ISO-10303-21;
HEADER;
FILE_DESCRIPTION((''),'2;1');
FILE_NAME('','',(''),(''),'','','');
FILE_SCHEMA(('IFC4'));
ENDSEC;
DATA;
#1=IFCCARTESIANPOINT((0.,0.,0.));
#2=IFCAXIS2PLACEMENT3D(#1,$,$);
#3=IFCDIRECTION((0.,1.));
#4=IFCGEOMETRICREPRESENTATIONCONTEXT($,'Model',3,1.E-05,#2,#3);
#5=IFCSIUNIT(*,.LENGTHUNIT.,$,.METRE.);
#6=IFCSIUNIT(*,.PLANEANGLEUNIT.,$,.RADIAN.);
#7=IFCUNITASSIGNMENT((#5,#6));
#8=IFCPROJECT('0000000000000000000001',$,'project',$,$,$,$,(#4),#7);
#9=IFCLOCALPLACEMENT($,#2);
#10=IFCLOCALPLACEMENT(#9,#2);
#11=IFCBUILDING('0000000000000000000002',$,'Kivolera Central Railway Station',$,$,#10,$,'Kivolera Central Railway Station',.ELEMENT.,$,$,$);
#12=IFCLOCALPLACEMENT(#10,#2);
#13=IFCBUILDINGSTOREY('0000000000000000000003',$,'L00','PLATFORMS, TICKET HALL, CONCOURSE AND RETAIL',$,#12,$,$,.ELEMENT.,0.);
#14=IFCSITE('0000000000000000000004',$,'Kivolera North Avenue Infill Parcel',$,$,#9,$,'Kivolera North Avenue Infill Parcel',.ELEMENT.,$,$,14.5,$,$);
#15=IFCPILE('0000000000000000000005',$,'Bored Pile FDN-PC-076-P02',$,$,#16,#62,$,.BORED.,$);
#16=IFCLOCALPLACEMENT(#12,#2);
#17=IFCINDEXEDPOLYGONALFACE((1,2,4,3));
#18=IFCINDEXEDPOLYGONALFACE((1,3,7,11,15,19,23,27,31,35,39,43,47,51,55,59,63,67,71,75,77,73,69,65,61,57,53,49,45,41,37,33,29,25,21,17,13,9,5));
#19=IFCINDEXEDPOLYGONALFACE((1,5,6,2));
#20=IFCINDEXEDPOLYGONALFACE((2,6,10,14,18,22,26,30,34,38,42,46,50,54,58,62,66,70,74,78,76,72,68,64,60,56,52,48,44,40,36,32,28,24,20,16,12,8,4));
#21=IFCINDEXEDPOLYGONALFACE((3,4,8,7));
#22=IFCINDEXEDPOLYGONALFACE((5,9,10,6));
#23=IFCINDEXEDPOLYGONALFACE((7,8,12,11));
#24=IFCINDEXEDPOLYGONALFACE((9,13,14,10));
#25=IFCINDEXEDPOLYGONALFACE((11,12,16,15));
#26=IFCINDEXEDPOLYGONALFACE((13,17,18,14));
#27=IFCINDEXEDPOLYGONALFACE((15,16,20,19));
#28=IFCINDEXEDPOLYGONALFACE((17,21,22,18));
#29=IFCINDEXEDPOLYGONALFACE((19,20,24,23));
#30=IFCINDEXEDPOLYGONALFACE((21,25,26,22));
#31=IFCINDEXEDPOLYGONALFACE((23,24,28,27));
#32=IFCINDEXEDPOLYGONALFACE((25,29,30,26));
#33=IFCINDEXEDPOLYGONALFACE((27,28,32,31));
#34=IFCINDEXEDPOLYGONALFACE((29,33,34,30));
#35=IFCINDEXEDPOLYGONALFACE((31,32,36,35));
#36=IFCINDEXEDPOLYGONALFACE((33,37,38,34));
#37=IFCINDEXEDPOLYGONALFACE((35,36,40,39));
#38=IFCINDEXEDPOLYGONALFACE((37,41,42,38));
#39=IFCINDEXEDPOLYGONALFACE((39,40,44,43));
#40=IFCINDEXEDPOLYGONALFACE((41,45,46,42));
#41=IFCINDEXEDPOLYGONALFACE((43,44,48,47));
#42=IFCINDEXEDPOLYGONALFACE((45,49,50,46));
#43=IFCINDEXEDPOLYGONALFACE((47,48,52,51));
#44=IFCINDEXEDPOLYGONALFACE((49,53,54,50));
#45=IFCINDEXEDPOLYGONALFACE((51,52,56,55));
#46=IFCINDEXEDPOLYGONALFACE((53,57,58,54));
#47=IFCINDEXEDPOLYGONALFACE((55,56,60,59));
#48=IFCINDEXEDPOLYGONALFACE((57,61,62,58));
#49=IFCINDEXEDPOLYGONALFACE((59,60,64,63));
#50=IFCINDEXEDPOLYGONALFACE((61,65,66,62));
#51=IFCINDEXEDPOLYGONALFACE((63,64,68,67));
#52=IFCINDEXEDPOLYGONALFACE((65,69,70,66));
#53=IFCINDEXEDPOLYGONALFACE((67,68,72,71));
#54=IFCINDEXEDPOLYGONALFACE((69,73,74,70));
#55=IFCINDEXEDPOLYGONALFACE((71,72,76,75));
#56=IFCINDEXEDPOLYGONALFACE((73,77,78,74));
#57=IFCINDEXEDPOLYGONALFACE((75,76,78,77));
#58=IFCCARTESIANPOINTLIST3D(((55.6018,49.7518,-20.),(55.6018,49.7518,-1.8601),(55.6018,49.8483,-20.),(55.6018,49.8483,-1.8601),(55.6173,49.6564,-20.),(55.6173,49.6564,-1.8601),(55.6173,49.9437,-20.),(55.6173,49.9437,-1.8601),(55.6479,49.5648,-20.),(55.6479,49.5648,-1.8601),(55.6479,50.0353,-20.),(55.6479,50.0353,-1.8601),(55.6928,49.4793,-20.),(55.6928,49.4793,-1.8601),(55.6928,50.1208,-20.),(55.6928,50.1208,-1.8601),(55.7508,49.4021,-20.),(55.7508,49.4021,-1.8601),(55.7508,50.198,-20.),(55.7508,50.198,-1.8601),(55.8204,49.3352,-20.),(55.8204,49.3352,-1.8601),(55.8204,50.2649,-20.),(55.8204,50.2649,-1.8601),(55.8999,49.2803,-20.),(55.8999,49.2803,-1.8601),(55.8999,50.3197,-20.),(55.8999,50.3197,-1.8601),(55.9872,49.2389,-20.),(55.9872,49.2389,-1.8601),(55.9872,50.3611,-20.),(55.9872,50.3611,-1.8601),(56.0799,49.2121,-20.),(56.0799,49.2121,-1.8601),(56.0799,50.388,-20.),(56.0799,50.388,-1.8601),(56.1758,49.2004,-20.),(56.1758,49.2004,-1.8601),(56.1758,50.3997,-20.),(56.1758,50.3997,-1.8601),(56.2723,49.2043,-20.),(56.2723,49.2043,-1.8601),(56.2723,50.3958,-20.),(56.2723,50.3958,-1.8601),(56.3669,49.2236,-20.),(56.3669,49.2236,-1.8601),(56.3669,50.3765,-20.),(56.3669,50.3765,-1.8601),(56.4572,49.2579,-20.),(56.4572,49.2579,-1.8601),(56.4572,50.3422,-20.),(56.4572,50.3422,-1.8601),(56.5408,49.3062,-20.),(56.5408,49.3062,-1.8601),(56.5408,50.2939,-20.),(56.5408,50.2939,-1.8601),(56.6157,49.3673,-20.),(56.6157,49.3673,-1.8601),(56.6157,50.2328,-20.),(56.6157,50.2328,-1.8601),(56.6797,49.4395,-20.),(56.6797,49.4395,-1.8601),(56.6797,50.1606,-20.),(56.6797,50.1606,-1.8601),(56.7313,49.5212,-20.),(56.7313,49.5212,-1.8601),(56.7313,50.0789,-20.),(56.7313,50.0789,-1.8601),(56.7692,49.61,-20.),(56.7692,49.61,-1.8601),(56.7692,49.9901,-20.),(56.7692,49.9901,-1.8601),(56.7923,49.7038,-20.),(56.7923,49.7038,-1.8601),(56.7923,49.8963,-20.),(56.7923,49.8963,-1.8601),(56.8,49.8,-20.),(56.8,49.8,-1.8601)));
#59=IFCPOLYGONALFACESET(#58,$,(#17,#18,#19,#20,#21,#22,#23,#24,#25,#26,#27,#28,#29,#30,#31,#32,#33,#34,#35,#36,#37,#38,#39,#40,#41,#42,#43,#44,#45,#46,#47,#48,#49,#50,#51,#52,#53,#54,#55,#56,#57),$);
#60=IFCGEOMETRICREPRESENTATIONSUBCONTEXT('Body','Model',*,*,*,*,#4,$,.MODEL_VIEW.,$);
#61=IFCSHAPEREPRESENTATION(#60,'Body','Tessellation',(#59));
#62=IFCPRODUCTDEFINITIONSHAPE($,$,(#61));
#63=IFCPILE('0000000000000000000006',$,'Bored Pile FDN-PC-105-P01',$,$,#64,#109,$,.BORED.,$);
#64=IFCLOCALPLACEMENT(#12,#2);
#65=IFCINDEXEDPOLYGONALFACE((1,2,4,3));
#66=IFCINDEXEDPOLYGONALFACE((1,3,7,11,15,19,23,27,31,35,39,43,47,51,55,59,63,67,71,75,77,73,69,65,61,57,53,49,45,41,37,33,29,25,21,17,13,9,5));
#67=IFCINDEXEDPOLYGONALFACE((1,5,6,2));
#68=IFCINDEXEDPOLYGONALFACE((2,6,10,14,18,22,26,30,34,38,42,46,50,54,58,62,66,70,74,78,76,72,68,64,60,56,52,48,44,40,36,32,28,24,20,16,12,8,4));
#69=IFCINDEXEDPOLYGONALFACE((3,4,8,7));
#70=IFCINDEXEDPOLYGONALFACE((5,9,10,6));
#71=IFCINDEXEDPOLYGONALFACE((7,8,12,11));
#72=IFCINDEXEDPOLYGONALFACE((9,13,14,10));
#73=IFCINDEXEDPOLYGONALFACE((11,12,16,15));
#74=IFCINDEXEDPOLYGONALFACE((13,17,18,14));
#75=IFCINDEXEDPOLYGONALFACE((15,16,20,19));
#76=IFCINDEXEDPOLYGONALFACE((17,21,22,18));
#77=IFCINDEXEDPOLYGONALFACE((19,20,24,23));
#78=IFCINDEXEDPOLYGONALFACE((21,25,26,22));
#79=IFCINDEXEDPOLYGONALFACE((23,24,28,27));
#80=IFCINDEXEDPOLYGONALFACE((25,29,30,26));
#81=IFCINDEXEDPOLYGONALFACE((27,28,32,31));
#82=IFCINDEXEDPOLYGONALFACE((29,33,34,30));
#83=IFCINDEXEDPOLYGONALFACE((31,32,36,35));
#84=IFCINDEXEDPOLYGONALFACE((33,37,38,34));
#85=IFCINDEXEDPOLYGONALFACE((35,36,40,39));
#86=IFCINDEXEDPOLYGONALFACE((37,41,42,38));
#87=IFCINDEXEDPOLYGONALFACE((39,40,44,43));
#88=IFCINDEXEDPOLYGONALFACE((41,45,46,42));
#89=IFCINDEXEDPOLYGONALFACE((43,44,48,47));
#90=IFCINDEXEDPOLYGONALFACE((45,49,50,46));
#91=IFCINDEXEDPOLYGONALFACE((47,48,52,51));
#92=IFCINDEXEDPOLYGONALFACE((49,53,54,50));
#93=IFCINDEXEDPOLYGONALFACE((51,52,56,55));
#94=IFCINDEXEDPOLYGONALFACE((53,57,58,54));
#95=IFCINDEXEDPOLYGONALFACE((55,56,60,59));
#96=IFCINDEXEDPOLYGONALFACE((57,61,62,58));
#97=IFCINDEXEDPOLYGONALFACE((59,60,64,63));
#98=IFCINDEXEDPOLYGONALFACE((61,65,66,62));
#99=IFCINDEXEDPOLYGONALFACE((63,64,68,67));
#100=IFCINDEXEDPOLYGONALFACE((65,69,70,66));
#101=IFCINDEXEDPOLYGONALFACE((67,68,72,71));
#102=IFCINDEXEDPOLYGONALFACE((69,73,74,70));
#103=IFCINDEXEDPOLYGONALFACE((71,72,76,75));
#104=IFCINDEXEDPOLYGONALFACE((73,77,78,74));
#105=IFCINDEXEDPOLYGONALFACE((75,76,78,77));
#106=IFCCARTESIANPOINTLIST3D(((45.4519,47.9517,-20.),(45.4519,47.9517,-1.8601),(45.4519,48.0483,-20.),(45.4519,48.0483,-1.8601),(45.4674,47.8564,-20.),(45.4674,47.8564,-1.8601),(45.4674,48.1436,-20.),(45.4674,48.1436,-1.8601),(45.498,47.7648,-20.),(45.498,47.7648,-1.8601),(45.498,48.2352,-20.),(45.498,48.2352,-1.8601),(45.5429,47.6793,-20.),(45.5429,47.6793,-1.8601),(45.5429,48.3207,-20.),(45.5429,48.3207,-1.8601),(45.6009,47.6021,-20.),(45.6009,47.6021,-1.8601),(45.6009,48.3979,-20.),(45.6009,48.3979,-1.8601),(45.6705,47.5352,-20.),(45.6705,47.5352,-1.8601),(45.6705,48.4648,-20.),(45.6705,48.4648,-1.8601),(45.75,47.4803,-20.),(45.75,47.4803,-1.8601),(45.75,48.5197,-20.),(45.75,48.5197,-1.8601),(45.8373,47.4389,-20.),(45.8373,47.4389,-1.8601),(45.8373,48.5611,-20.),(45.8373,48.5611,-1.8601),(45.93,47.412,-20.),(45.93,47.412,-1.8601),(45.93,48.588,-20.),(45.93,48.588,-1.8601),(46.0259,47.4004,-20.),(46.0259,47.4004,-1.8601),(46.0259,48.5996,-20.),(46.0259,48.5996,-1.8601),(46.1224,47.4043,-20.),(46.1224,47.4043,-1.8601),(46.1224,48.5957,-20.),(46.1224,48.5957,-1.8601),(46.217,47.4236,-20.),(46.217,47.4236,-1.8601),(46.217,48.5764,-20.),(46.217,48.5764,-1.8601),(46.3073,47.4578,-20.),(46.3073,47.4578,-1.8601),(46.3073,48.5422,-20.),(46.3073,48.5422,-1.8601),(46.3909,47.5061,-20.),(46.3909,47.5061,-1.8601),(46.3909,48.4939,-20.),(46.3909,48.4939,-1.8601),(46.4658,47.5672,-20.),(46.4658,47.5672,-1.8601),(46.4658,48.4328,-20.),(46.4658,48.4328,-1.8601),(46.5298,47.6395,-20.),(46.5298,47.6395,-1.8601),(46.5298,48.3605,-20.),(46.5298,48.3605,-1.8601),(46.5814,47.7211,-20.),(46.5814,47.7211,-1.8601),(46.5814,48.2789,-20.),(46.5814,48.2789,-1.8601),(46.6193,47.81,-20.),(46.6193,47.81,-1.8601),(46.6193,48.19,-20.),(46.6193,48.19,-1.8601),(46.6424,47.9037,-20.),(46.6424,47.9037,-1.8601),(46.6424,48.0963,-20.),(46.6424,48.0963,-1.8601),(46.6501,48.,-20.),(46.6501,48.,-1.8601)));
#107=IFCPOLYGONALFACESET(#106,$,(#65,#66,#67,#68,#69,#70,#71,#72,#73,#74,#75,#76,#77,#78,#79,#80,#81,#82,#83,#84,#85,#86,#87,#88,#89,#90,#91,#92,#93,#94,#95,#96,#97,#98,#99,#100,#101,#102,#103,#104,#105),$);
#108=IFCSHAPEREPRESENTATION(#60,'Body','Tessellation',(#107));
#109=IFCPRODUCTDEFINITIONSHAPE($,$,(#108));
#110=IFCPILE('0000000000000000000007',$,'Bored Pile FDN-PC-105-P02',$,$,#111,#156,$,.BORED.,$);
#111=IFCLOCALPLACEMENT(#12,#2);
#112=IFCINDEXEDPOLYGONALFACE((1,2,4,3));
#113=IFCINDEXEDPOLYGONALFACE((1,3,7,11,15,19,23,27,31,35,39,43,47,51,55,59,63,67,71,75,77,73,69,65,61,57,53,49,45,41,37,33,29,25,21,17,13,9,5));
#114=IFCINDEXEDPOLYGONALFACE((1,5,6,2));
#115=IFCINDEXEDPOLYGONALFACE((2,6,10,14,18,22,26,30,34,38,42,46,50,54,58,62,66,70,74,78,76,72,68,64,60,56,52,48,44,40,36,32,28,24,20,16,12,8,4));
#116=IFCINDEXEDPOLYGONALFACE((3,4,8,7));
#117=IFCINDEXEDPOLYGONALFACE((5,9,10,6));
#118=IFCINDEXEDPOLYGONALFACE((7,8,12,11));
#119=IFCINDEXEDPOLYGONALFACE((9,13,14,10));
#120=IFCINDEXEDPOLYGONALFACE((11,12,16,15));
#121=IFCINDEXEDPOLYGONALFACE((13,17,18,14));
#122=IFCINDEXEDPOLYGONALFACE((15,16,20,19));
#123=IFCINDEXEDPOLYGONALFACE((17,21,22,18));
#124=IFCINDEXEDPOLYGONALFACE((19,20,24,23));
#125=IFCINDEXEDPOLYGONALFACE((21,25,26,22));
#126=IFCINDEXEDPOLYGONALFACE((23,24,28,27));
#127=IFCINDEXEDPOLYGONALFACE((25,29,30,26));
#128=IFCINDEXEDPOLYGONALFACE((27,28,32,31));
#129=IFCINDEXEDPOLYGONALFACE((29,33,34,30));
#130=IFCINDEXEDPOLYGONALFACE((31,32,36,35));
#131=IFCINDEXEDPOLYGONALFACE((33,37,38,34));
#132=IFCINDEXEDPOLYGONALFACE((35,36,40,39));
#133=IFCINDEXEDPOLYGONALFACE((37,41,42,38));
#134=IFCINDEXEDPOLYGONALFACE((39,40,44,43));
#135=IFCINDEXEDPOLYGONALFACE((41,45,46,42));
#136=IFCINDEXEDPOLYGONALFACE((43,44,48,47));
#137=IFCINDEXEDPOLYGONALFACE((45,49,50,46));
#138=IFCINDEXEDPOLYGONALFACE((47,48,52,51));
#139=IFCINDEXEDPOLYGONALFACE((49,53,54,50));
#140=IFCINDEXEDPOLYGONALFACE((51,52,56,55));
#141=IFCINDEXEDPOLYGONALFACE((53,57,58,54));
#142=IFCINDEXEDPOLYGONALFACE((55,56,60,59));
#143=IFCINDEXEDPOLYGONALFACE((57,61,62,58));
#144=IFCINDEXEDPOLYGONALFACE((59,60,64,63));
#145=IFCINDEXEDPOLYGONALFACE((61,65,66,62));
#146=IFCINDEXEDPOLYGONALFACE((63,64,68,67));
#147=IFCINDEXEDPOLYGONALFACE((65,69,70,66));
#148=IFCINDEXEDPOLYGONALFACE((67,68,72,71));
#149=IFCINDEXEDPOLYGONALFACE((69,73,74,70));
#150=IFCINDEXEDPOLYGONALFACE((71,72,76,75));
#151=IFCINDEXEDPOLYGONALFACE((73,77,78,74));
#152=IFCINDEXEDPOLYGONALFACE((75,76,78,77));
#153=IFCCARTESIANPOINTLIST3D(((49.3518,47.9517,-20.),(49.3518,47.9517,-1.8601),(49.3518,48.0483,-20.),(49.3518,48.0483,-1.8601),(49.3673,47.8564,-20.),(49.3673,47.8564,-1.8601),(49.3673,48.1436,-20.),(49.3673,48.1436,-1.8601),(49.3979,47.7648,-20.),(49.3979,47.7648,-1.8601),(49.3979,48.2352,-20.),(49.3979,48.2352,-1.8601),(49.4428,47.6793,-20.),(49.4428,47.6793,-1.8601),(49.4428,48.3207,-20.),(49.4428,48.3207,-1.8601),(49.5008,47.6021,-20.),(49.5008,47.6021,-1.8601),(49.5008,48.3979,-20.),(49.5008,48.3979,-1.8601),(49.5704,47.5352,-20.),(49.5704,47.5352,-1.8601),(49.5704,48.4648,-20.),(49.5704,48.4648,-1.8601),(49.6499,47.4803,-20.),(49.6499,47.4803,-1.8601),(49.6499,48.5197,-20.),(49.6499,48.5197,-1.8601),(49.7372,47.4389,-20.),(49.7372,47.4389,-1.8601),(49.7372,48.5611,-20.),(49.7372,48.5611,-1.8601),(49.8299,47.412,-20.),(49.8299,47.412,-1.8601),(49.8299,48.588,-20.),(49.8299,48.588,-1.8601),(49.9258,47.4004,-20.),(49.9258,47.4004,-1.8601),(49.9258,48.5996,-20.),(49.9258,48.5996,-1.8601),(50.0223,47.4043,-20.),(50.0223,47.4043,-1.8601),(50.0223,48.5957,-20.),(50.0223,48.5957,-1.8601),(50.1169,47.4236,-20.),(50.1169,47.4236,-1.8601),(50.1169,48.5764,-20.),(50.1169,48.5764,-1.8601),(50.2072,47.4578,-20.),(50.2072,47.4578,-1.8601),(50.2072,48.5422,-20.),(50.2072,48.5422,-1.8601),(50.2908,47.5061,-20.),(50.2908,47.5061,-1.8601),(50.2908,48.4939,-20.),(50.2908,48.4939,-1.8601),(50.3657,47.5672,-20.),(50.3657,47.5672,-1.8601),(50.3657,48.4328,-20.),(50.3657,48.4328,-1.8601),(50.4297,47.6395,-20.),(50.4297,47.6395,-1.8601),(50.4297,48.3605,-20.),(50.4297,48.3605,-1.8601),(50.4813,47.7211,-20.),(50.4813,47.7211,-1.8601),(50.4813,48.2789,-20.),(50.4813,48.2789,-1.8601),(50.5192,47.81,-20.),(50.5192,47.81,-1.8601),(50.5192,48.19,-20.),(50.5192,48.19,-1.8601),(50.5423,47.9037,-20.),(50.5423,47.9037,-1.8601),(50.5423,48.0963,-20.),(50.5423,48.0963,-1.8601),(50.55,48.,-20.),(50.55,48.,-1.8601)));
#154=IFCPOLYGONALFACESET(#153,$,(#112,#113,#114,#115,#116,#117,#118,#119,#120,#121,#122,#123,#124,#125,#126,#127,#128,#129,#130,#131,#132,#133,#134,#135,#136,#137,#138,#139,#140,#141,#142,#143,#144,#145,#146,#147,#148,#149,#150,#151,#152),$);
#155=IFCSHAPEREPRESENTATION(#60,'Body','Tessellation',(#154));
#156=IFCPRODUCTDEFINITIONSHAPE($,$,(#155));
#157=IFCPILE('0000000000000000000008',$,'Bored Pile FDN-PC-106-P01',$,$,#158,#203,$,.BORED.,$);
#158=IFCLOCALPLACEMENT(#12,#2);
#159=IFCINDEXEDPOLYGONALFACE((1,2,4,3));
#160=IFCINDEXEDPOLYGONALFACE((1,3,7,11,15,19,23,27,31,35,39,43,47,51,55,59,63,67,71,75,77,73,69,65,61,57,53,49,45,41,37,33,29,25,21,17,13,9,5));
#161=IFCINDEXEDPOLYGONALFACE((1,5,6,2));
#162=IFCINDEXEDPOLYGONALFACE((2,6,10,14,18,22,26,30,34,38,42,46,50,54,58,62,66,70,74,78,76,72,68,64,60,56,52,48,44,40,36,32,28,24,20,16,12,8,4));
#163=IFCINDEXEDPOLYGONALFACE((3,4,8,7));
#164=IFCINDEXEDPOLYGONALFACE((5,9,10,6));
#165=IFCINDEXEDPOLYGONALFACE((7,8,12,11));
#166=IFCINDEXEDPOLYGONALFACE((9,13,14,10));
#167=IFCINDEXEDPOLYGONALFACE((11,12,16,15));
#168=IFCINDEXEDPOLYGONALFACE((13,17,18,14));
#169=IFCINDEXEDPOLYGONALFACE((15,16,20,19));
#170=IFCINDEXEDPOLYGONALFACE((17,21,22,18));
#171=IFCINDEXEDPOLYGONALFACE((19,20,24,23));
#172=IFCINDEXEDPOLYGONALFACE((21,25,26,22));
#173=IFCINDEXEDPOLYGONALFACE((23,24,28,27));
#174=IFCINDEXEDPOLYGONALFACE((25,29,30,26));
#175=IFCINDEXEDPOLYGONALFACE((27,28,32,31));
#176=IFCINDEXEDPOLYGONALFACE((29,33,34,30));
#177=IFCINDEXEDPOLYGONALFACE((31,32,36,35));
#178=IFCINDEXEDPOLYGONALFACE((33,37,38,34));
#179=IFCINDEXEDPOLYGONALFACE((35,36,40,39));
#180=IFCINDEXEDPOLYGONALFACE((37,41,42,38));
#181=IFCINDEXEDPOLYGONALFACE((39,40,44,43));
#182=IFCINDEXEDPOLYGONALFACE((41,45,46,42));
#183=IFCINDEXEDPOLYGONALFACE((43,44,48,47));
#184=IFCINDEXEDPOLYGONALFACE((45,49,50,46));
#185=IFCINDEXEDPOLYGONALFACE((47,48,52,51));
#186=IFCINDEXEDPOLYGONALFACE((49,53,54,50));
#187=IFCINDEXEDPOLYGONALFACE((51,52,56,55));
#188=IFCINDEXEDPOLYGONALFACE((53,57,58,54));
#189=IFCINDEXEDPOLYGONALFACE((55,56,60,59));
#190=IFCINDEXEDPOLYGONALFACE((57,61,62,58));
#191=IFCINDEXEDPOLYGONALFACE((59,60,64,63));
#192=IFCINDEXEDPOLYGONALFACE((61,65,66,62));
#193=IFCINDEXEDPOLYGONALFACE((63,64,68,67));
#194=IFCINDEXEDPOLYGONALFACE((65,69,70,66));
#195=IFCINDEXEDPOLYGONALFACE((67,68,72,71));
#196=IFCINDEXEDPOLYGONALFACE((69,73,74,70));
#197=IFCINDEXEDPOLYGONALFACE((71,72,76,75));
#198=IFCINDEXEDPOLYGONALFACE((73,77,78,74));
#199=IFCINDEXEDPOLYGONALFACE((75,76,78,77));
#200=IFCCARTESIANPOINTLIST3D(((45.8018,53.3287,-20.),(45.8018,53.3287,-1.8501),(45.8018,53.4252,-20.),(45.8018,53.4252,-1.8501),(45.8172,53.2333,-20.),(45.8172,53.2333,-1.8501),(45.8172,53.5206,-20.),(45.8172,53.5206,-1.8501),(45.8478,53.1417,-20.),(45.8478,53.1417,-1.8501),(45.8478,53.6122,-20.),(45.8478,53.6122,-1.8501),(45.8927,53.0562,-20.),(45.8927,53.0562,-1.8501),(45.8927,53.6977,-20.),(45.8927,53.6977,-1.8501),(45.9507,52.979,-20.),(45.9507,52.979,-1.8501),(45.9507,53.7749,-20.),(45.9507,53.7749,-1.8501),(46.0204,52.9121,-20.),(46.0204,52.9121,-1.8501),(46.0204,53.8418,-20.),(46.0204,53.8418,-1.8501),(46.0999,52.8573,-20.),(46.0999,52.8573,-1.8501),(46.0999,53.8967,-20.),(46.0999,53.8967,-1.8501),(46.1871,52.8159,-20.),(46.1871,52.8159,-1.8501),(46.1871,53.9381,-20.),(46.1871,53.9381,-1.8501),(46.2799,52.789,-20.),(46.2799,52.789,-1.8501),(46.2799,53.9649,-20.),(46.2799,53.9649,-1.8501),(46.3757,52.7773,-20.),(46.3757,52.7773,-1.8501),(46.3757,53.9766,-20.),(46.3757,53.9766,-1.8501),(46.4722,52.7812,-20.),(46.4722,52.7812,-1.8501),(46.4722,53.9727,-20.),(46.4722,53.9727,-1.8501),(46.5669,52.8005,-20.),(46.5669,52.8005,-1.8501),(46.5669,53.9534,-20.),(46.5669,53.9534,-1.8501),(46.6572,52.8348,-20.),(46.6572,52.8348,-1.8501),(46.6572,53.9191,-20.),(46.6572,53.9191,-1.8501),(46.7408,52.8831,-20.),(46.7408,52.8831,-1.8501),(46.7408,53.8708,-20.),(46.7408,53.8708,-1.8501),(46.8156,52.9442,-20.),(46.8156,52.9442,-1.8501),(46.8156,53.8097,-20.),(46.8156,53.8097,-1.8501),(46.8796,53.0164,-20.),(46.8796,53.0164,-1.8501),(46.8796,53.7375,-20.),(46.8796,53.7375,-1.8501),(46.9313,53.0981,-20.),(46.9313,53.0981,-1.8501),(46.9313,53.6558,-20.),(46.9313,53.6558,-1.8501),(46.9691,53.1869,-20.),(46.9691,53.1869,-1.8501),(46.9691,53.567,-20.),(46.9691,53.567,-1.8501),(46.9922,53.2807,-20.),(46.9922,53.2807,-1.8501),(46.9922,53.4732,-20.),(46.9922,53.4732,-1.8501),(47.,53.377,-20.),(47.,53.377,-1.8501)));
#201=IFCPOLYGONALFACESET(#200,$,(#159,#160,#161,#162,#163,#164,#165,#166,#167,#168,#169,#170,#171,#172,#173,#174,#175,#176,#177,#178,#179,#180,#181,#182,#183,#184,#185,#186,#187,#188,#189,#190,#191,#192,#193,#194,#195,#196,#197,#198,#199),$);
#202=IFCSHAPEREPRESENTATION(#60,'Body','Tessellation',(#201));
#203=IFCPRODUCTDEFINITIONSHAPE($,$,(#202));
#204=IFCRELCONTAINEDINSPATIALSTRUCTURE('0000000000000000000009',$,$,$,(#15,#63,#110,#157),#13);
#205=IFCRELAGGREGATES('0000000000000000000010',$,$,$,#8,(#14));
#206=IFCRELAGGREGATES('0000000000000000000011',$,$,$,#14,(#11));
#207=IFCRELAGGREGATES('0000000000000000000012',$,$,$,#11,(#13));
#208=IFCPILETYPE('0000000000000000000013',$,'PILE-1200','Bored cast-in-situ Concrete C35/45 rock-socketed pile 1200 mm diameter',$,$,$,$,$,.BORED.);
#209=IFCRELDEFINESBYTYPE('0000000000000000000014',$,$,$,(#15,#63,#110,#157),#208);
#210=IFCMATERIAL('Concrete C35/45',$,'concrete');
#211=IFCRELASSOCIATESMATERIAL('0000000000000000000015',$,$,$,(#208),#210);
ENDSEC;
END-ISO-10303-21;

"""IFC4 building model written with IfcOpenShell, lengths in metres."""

from ifc_helpers import new_model, si_unit, direction, frame, origin, origin_2d, place, context, subcontext, project, spatial, circle, extrude, material, material_profile, profile_set, type_object, element, save


model = new_model("IFC4")

# Units and contexts
model_context = context("Model", 3, precision=1e-05, world=origin(), true_north=direction((0.0, 1.0)))
body_context = subcontext(model_context, "Body", "Model", "MODEL_VIEW")
ifc_project = project(units=[si_unit("LENGTHUNIT", "METRE"), si_unit("PLANEANGLEUNIT", "RADIAN")], contexts=[model_context])

# Site, building, storey
site_placement = place(None, origin())
site = spatial("IfcSite", under=ifc_project, at=site_placement, Name="Kivolera North Avenue Infill Parcel", LongName="Kivolera North Avenue Infill Parcel", CompositionType="ELEMENT", RefElevation=14.5)
building_placement = place(site_placement, origin())
building = spatial("IfcBuilding", under=site, at=building_placement, Name="Kivolera Central Railway Station", LongName="Kivolera Central Railway Station", CompositionType="ELEMENT")
storey_placement = place(building_placement, origin())
storey = spatial("IfcBuildingStorey", under=building, at=storey_placement, Name="L00", Description="PLATFORMS, TICKET HALL, CONCOURSE AND RETAIL", CompositionType="ELEMENT", Elevation=0.0)

# Shared definitions
ifc_material_1 = material(Name="Concrete C35/45", Category="concrete")

# Piles
ifc_material_profile_1 = material_profile(ifc_material_1, circle(Radius=0.6001, at=origin_2d()), Name="PILE D1200")
ifc_profile_set_1 = profile_set([ifc_material_profile_1], Name="Concrete C35/45")
pile_type_1 = type_object("IfcPileType", Name="PILE-1200", Description="Bored cast-in-situ Concrete C35/45 rock-socketed pile 1200 mm diameter", PredefinedType="BORED", material=ifc_profile_set_1)
for number, where, z_axis, x_axis, name in (
    (1, (56.2, 49.8, -1.8601), (0.0, 0.0, -1.0), (1.0, 0.0, 0.0), "Bored Pile FDN-PC-076-P02"),
    (2, (46.05, 48.0, -1.8601), (0.0, 0.0, -1.0), (1.0, 0.0, 0.0), "Bored Pile FDN-PC-105-P01"),
    (3, (49.95, 48.0, -1.8601), (0.0, 0.0, -1.0), (1.0, 0.0, 0.0), "Bored Pile FDN-PC-105-P02"),
):
    element("IfcPile", number, at=place(storey_placement, frame(where, z_axis=z_axis, x_axis=x_axis)), inside=storey, type_object=pile_type_1, Name=name, PredefinedType="BORED", context=body_context, shape_type="SweptSolid", body=[
        extrude(circle(Radius=0.6001, at=origin_2d()), origin(), (0.0, 0.0, 1.0), 18.1399),
    ])
for number, where, z_axis, x_axis, name in (
    (4, (46.3999, 53.377, -1.8501), (0.0, 0.0, -1.0), (1.0, 0.0, 0.0), "Bored Pile FDN-PC-106-P01"),
):
    element("IfcPile", number, at=place(storey_placement, frame(where, z_axis=z_axis, x_axis=x_axis)), inside=storey, type_object=pile_type_1, Name=name, PredefinedType="BORED", context=body_context, shape_type="SweptSolid", body=[
        extrude(circle(Radius=0.6001, at=origin_2d()), origin(), (0.0, 0.0, 1.0), 18.1499),
    ])

save(model, "model.ifc")
